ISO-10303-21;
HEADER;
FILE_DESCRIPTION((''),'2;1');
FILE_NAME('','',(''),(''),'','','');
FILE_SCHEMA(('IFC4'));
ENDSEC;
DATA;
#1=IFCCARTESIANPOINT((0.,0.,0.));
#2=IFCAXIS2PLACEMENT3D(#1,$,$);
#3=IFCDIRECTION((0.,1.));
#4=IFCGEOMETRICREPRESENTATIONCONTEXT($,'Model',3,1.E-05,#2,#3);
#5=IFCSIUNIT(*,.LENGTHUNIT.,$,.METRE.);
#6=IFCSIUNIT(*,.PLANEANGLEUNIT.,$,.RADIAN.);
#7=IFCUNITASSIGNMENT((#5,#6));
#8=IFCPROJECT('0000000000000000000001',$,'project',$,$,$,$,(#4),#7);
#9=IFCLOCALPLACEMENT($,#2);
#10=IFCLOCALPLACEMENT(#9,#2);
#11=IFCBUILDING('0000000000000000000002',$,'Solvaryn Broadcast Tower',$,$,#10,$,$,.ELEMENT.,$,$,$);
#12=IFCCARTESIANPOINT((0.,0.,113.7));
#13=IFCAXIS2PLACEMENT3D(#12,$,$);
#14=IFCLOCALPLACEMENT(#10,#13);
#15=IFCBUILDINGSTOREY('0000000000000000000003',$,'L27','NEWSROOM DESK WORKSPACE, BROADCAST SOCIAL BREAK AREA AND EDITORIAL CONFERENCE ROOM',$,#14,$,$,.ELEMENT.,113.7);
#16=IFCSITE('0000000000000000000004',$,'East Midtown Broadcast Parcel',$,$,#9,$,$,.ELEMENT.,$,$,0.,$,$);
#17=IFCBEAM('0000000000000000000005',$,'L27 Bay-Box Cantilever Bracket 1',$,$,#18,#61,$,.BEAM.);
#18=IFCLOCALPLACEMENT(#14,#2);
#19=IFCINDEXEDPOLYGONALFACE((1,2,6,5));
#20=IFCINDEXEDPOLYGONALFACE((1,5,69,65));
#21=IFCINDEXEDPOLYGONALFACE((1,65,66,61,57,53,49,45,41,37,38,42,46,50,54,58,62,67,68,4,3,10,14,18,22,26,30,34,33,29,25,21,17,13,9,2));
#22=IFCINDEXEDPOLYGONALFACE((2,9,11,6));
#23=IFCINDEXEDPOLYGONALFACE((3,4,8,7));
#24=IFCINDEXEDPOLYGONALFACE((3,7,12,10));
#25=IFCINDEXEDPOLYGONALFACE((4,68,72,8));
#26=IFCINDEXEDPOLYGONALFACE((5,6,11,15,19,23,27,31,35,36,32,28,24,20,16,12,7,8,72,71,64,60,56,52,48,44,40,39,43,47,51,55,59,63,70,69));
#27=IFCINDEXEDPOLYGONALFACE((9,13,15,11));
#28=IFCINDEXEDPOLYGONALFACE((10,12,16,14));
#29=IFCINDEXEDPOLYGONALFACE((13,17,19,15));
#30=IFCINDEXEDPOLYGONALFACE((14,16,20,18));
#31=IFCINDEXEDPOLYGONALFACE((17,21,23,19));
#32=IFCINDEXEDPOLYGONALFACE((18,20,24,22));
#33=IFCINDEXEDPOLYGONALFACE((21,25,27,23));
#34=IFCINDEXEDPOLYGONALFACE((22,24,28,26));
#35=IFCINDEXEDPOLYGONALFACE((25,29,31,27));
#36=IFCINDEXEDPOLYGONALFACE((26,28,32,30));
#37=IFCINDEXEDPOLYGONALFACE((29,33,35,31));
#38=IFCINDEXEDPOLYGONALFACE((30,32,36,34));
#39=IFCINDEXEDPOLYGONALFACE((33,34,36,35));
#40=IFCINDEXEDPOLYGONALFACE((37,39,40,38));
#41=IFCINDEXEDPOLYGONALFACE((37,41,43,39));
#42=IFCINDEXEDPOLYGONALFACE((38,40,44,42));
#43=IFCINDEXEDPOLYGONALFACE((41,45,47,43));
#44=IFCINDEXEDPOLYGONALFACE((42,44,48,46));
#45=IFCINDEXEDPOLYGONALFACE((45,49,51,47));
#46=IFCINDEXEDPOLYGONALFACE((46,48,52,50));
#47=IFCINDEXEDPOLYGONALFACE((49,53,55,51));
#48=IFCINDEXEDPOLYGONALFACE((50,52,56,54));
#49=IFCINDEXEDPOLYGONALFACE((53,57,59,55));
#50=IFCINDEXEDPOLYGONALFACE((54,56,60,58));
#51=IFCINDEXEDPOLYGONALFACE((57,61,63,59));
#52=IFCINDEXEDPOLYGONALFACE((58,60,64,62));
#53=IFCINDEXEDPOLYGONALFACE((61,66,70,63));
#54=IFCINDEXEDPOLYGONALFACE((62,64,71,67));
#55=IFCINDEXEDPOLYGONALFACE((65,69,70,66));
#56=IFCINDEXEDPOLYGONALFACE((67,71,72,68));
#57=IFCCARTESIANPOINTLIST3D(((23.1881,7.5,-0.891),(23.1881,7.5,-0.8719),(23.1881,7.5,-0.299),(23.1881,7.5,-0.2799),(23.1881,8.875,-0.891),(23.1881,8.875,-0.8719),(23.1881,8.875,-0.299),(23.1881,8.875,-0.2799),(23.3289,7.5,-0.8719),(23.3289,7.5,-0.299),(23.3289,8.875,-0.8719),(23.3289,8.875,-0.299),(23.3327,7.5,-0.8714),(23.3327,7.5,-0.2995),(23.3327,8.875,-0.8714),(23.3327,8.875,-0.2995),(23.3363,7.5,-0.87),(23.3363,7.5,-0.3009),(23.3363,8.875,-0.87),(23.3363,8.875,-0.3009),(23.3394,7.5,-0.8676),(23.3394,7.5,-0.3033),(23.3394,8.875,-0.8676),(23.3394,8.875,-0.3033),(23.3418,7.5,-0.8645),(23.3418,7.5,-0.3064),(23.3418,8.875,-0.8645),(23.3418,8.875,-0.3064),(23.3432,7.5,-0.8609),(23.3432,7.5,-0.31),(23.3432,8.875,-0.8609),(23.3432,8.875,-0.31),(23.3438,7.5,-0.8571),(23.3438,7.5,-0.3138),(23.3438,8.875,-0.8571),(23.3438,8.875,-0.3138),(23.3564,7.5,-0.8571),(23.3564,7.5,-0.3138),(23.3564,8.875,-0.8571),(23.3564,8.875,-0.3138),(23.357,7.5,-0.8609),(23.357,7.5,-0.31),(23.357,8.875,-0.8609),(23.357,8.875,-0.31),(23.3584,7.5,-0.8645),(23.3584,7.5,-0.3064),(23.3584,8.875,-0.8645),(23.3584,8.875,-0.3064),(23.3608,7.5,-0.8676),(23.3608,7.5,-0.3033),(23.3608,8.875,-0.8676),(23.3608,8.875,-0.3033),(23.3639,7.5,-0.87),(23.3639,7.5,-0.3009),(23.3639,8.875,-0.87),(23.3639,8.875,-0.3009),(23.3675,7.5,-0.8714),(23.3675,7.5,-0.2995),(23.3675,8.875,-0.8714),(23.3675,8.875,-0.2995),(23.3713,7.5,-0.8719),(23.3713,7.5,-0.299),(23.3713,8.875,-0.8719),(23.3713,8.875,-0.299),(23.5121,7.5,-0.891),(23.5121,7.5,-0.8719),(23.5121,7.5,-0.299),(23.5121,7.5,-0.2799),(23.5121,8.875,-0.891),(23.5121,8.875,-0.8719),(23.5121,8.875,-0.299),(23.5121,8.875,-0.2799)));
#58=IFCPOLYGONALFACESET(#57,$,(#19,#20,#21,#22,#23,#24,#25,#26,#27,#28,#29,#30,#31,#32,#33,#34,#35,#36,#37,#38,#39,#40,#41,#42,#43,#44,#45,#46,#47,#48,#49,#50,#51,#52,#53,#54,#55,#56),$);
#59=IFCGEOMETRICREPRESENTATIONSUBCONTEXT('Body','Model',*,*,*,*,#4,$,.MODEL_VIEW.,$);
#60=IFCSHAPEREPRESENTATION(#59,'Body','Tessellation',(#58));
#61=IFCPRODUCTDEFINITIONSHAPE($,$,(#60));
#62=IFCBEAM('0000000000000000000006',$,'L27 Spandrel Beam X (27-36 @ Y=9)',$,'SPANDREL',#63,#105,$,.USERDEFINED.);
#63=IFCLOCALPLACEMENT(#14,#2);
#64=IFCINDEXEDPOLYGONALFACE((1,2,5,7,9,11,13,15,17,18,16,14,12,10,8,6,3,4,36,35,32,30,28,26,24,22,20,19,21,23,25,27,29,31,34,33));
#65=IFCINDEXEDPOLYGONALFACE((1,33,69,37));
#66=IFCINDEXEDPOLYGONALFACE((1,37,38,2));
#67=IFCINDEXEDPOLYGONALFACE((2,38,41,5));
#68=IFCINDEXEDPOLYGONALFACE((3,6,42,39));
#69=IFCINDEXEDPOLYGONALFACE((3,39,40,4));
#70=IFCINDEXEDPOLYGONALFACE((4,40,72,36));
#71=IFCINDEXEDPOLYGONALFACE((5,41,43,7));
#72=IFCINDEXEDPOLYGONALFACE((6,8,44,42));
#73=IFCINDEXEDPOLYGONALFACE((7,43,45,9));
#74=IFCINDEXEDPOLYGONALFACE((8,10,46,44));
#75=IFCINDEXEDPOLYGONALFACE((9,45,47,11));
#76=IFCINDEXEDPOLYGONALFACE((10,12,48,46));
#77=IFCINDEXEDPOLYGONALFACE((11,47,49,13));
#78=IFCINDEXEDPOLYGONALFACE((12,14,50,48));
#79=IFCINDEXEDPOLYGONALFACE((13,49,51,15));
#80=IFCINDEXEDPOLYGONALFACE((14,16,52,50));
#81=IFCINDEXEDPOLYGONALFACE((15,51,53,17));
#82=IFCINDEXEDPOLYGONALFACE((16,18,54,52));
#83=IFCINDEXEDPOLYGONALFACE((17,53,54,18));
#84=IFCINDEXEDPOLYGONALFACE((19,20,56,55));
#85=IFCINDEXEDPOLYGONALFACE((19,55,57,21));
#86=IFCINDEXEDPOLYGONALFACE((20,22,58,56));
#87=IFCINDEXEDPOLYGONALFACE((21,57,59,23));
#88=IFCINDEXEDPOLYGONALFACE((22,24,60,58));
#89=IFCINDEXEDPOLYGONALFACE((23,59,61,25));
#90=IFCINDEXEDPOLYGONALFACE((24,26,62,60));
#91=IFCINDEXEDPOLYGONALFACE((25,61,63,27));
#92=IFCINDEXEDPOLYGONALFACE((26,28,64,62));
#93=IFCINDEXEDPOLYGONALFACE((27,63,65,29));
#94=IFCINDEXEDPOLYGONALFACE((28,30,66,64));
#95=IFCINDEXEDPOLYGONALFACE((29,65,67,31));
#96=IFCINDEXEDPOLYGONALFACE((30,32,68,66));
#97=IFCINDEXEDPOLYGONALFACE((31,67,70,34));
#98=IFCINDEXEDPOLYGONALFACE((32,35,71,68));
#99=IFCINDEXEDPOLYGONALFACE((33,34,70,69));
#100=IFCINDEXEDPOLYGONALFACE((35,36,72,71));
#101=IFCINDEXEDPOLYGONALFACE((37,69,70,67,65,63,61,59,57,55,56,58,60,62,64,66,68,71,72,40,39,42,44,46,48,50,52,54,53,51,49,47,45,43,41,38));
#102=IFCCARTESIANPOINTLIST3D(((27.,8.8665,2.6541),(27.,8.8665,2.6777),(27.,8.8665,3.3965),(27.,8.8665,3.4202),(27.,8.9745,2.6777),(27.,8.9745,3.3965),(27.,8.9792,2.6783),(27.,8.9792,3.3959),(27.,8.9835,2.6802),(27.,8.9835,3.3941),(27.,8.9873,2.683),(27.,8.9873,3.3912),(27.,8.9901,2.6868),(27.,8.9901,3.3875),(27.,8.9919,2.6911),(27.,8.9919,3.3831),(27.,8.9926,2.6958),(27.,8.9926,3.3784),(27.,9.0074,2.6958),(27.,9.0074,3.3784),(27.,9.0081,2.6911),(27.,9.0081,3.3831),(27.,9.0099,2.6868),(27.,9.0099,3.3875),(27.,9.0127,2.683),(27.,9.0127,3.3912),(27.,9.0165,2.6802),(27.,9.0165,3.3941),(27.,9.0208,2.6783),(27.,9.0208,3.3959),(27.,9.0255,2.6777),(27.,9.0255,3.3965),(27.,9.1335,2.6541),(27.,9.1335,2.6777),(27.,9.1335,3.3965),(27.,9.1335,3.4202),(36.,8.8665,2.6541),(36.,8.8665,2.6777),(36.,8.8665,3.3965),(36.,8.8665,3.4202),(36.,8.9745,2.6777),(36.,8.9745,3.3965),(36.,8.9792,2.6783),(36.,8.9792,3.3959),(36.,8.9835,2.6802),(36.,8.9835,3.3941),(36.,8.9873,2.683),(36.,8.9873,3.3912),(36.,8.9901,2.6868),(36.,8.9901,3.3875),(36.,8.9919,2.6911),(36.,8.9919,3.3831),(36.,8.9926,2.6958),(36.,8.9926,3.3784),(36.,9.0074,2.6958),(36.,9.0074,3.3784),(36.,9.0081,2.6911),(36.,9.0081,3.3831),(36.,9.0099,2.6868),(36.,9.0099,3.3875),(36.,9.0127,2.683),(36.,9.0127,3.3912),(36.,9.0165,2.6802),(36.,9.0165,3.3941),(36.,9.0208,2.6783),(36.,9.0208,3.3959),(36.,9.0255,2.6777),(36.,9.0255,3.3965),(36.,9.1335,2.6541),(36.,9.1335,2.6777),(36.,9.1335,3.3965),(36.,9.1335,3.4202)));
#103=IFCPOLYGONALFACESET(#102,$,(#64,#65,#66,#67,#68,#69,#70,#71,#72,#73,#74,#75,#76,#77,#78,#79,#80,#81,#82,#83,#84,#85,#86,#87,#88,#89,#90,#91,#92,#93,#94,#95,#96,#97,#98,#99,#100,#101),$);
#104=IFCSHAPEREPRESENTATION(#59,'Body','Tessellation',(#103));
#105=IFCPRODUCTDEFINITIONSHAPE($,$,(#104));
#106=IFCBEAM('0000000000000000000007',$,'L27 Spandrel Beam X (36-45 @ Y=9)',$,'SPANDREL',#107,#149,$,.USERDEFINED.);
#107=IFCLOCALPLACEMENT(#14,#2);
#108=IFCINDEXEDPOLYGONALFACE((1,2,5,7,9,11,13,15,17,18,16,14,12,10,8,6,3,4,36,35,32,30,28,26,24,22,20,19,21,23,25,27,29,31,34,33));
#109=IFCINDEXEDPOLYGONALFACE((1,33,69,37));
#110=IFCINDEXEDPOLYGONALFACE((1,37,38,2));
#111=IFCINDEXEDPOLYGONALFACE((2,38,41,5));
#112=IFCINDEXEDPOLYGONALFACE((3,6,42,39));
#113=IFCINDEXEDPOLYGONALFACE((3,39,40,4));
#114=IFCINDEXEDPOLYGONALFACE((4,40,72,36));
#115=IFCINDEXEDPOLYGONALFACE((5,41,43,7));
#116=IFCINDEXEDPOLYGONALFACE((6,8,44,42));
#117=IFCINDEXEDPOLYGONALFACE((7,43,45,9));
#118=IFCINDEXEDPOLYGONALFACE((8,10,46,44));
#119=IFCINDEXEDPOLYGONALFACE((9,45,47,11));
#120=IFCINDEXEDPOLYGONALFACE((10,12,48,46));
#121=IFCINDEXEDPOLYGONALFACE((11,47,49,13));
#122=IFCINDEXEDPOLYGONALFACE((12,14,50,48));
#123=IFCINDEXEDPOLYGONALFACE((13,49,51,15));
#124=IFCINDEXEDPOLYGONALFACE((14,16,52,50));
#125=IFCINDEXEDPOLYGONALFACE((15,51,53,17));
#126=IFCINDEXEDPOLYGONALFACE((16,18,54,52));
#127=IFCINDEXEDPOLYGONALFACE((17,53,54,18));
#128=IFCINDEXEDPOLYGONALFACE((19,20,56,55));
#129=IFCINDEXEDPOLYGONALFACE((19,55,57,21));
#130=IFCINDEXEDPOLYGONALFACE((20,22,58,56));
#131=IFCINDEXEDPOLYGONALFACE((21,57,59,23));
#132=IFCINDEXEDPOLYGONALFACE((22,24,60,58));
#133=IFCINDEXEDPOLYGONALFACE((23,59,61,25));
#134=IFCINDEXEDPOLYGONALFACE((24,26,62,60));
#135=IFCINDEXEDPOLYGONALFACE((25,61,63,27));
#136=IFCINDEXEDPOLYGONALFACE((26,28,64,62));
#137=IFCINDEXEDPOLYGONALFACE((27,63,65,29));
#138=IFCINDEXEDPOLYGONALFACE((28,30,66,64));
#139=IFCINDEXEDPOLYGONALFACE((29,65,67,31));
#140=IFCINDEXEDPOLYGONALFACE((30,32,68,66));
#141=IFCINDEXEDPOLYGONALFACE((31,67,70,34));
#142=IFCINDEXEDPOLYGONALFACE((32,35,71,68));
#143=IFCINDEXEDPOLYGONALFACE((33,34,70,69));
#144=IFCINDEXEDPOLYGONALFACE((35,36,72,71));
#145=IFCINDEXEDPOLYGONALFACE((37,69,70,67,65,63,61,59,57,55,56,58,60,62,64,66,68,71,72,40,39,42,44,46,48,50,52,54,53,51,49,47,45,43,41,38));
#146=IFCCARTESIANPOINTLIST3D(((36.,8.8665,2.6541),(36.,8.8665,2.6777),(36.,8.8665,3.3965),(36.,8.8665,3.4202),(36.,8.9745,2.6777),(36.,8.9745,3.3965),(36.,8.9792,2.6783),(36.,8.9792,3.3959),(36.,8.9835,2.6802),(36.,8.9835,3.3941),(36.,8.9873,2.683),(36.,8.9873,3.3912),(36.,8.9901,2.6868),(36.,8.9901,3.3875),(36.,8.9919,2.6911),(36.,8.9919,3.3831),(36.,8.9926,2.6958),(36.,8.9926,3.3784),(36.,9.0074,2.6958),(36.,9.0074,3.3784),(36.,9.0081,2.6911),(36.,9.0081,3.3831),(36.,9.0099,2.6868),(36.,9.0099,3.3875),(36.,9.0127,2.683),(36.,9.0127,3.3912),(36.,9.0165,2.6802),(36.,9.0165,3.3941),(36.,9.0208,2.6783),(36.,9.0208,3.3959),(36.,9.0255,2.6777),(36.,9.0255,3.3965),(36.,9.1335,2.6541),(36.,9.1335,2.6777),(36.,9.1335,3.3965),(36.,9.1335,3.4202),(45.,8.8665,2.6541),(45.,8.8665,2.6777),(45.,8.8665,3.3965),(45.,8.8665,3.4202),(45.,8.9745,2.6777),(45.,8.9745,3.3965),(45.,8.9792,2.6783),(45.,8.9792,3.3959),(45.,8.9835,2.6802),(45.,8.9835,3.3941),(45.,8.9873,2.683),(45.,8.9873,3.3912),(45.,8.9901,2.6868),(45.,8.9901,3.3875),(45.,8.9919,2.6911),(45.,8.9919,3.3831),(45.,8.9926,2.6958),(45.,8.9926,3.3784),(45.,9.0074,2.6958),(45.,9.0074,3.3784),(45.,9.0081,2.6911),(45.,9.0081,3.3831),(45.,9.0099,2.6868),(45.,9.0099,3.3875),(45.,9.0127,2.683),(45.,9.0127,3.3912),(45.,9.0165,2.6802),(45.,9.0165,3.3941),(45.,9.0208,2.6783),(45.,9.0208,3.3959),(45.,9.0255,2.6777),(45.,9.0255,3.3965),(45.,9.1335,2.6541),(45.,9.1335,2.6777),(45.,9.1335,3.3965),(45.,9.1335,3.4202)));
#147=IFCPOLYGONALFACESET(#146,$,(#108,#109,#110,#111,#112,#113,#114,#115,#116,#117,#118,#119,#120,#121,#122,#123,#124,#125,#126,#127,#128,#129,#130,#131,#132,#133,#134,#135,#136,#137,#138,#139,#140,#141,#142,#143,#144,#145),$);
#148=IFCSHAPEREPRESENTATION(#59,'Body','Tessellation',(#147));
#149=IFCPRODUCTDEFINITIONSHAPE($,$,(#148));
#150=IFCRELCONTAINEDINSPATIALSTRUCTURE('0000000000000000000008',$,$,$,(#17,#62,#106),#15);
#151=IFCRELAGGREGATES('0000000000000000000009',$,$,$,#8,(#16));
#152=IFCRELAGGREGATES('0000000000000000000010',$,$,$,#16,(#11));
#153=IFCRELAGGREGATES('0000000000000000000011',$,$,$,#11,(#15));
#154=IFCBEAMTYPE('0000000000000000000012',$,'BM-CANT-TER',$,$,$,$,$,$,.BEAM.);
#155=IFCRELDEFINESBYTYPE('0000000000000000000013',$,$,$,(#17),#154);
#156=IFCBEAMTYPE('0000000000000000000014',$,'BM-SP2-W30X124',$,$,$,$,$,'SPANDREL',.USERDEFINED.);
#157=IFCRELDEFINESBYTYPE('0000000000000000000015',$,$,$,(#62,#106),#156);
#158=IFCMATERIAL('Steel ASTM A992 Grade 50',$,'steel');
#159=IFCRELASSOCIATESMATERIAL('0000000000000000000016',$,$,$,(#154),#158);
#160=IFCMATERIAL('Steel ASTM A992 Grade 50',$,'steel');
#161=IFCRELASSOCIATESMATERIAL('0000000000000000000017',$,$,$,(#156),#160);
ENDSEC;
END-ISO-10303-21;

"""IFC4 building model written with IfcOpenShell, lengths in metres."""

from ifc_helpers import new_model, si_unit, direction, frame, origin, origin_2d, place, context, subcontext, project, spatial, i_section, extrude, material, material_profile, profile_set, type_object, element, save


model = new_model("IFC4")

# Units and contexts
model_context = context("Model", 3, precision=1e-05, world=origin(), true_north=direction((0.0, 1.0)))
body_context = subcontext(model_context, "Body", "Model", "MODEL_VIEW")
ifc_project = project(units=[si_unit("LENGTHUNIT", "METRE"), si_unit("PLANEANGLEUNIT", "RADIAN")], contexts=[model_context])

# Site, building, storey
site_placement = place(None, origin())
site = spatial("IfcSite", under=ifc_project, at=site_placement, Name="East Midtown Broadcast Parcel", CompositionType="ELEMENT", RefElevation=0.0)
building_placement = place(site_placement, origin())
building = spatial("IfcBuilding", under=site, at=building_placement, Name="Solvaryn Broadcast Tower", CompositionType="ELEMENT")
storey_placement = place(building_placement, frame((0.0, 0.0, 113.7)))
storey = spatial("IfcBuildingStorey", under=building, at=storey_placement, Name="L27", Description="NEWSROOM DESK WORKSPACE, BROADCAST SOCIAL BREAK AREA AND EDITORIAL CONFERENCE ROOM", CompositionType="ELEMENT", Elevation=113.7)

# Beams
ifc_material_1 = material(Name="Steel ASTM A992 Grade 50", Category="steel")
ifc_material_profile_1 = material_profile(ifc_material_1, i_section(OverallWidth=0.324, OverallDepth=0.6111, WebThickness=0.0127, FlangeThickness=0.019, FilletRadius=0.0149, at=origin_2d()))
ifc_profile_set_1 = profile_set([ifc_material_profile_1], Name="Steel ASTM A992 Grade 50")
beam_type_1 = type_object("IfcBeamType", Name="BM-CANT-TER", PredefinedType="BEAM", material=ifc_profile_set_1)
beam_1_placement = place(storey_placement, frame((23.3501, 8.875, -0.5854), z_axis=(0.0, -1.0, 0.0), x_axis=(1.0, 0.0, 0.0)))
element("IfcBeam", 1, at=beam_1_placement, inside=storey, type_object=beam_type_1, Name="L27 Bay-Box Cantilever Bracket 1", PredefinedType="BEAM", context=body_context, shape_type="SweptSolid", body=[
    extrude(i_section(OverallWidth=0.324, OverallDepth=0.6111, WebThickness=0.0127, FlangeThickness=0.019, FilletRadius=0.0149, at=origin_2d()), origin(), (0.0, 0.0, 1.0), 1.375),
])
ifc_material_2 = material(Name="Steel ASTM A992 Grade 50", Category="steel")
ifc_material_profile_2 = material_profile(ifc_material_2, i_section(OverallWidth=0.2671, OverallDepth=0.7661, WebThickness=0.0149, FlangeThickness=0.0237, FilletRadius=0.0181, at=origin_2d()))
ifc_profile_set_2 = profile_set([ifc_material_profile_2], Name="Steel ASTM A992 Grade 50")
beam_type_2 = type_object("IfcBeamType", Name="BM-SP2-W30X124", ElementType="SPANDREL", PredefinedType="USERDEFINED", material=ifc_profile_set_2)
for number, where, z_axis, x_axis, name in (
    (2, (27.0, 9.0, 3.0371), (1.0, 0.0, 0.0), (0.0, 1.0, 0.0), "L27 Spandrel Beam X (27-36 @ Y=9)"),
    (3, (36.0, 9.0, 3.0371), (1.0, 0.0, 0.0), (0.0, 1.0, 0.0), "L27 Spandrel Beam X (36-45 @ Y=9)"),
):
    element("IfcBeam", number, at=place(storey_placement, frame(where, z_axis=z_axis, x_axis=x_axis)), inside=storey, type_object=beam_type_2, Name=name, ObjectType="SPANDREL", PredefinedType="USERDEFINED", context=body_context, shape_type="SweptSolid", body=[
        extrude(i_section(OverallWidth=0.2671, OverallDepth=0.7661, WebThickness=0.0149, FlangeThickness=0.0237, FilletRadius=0.0181, at=origin_2d()), origin(), (0.0, 0.0, 1.0), 9.0),
    ])

save(model, "model.ifc")
